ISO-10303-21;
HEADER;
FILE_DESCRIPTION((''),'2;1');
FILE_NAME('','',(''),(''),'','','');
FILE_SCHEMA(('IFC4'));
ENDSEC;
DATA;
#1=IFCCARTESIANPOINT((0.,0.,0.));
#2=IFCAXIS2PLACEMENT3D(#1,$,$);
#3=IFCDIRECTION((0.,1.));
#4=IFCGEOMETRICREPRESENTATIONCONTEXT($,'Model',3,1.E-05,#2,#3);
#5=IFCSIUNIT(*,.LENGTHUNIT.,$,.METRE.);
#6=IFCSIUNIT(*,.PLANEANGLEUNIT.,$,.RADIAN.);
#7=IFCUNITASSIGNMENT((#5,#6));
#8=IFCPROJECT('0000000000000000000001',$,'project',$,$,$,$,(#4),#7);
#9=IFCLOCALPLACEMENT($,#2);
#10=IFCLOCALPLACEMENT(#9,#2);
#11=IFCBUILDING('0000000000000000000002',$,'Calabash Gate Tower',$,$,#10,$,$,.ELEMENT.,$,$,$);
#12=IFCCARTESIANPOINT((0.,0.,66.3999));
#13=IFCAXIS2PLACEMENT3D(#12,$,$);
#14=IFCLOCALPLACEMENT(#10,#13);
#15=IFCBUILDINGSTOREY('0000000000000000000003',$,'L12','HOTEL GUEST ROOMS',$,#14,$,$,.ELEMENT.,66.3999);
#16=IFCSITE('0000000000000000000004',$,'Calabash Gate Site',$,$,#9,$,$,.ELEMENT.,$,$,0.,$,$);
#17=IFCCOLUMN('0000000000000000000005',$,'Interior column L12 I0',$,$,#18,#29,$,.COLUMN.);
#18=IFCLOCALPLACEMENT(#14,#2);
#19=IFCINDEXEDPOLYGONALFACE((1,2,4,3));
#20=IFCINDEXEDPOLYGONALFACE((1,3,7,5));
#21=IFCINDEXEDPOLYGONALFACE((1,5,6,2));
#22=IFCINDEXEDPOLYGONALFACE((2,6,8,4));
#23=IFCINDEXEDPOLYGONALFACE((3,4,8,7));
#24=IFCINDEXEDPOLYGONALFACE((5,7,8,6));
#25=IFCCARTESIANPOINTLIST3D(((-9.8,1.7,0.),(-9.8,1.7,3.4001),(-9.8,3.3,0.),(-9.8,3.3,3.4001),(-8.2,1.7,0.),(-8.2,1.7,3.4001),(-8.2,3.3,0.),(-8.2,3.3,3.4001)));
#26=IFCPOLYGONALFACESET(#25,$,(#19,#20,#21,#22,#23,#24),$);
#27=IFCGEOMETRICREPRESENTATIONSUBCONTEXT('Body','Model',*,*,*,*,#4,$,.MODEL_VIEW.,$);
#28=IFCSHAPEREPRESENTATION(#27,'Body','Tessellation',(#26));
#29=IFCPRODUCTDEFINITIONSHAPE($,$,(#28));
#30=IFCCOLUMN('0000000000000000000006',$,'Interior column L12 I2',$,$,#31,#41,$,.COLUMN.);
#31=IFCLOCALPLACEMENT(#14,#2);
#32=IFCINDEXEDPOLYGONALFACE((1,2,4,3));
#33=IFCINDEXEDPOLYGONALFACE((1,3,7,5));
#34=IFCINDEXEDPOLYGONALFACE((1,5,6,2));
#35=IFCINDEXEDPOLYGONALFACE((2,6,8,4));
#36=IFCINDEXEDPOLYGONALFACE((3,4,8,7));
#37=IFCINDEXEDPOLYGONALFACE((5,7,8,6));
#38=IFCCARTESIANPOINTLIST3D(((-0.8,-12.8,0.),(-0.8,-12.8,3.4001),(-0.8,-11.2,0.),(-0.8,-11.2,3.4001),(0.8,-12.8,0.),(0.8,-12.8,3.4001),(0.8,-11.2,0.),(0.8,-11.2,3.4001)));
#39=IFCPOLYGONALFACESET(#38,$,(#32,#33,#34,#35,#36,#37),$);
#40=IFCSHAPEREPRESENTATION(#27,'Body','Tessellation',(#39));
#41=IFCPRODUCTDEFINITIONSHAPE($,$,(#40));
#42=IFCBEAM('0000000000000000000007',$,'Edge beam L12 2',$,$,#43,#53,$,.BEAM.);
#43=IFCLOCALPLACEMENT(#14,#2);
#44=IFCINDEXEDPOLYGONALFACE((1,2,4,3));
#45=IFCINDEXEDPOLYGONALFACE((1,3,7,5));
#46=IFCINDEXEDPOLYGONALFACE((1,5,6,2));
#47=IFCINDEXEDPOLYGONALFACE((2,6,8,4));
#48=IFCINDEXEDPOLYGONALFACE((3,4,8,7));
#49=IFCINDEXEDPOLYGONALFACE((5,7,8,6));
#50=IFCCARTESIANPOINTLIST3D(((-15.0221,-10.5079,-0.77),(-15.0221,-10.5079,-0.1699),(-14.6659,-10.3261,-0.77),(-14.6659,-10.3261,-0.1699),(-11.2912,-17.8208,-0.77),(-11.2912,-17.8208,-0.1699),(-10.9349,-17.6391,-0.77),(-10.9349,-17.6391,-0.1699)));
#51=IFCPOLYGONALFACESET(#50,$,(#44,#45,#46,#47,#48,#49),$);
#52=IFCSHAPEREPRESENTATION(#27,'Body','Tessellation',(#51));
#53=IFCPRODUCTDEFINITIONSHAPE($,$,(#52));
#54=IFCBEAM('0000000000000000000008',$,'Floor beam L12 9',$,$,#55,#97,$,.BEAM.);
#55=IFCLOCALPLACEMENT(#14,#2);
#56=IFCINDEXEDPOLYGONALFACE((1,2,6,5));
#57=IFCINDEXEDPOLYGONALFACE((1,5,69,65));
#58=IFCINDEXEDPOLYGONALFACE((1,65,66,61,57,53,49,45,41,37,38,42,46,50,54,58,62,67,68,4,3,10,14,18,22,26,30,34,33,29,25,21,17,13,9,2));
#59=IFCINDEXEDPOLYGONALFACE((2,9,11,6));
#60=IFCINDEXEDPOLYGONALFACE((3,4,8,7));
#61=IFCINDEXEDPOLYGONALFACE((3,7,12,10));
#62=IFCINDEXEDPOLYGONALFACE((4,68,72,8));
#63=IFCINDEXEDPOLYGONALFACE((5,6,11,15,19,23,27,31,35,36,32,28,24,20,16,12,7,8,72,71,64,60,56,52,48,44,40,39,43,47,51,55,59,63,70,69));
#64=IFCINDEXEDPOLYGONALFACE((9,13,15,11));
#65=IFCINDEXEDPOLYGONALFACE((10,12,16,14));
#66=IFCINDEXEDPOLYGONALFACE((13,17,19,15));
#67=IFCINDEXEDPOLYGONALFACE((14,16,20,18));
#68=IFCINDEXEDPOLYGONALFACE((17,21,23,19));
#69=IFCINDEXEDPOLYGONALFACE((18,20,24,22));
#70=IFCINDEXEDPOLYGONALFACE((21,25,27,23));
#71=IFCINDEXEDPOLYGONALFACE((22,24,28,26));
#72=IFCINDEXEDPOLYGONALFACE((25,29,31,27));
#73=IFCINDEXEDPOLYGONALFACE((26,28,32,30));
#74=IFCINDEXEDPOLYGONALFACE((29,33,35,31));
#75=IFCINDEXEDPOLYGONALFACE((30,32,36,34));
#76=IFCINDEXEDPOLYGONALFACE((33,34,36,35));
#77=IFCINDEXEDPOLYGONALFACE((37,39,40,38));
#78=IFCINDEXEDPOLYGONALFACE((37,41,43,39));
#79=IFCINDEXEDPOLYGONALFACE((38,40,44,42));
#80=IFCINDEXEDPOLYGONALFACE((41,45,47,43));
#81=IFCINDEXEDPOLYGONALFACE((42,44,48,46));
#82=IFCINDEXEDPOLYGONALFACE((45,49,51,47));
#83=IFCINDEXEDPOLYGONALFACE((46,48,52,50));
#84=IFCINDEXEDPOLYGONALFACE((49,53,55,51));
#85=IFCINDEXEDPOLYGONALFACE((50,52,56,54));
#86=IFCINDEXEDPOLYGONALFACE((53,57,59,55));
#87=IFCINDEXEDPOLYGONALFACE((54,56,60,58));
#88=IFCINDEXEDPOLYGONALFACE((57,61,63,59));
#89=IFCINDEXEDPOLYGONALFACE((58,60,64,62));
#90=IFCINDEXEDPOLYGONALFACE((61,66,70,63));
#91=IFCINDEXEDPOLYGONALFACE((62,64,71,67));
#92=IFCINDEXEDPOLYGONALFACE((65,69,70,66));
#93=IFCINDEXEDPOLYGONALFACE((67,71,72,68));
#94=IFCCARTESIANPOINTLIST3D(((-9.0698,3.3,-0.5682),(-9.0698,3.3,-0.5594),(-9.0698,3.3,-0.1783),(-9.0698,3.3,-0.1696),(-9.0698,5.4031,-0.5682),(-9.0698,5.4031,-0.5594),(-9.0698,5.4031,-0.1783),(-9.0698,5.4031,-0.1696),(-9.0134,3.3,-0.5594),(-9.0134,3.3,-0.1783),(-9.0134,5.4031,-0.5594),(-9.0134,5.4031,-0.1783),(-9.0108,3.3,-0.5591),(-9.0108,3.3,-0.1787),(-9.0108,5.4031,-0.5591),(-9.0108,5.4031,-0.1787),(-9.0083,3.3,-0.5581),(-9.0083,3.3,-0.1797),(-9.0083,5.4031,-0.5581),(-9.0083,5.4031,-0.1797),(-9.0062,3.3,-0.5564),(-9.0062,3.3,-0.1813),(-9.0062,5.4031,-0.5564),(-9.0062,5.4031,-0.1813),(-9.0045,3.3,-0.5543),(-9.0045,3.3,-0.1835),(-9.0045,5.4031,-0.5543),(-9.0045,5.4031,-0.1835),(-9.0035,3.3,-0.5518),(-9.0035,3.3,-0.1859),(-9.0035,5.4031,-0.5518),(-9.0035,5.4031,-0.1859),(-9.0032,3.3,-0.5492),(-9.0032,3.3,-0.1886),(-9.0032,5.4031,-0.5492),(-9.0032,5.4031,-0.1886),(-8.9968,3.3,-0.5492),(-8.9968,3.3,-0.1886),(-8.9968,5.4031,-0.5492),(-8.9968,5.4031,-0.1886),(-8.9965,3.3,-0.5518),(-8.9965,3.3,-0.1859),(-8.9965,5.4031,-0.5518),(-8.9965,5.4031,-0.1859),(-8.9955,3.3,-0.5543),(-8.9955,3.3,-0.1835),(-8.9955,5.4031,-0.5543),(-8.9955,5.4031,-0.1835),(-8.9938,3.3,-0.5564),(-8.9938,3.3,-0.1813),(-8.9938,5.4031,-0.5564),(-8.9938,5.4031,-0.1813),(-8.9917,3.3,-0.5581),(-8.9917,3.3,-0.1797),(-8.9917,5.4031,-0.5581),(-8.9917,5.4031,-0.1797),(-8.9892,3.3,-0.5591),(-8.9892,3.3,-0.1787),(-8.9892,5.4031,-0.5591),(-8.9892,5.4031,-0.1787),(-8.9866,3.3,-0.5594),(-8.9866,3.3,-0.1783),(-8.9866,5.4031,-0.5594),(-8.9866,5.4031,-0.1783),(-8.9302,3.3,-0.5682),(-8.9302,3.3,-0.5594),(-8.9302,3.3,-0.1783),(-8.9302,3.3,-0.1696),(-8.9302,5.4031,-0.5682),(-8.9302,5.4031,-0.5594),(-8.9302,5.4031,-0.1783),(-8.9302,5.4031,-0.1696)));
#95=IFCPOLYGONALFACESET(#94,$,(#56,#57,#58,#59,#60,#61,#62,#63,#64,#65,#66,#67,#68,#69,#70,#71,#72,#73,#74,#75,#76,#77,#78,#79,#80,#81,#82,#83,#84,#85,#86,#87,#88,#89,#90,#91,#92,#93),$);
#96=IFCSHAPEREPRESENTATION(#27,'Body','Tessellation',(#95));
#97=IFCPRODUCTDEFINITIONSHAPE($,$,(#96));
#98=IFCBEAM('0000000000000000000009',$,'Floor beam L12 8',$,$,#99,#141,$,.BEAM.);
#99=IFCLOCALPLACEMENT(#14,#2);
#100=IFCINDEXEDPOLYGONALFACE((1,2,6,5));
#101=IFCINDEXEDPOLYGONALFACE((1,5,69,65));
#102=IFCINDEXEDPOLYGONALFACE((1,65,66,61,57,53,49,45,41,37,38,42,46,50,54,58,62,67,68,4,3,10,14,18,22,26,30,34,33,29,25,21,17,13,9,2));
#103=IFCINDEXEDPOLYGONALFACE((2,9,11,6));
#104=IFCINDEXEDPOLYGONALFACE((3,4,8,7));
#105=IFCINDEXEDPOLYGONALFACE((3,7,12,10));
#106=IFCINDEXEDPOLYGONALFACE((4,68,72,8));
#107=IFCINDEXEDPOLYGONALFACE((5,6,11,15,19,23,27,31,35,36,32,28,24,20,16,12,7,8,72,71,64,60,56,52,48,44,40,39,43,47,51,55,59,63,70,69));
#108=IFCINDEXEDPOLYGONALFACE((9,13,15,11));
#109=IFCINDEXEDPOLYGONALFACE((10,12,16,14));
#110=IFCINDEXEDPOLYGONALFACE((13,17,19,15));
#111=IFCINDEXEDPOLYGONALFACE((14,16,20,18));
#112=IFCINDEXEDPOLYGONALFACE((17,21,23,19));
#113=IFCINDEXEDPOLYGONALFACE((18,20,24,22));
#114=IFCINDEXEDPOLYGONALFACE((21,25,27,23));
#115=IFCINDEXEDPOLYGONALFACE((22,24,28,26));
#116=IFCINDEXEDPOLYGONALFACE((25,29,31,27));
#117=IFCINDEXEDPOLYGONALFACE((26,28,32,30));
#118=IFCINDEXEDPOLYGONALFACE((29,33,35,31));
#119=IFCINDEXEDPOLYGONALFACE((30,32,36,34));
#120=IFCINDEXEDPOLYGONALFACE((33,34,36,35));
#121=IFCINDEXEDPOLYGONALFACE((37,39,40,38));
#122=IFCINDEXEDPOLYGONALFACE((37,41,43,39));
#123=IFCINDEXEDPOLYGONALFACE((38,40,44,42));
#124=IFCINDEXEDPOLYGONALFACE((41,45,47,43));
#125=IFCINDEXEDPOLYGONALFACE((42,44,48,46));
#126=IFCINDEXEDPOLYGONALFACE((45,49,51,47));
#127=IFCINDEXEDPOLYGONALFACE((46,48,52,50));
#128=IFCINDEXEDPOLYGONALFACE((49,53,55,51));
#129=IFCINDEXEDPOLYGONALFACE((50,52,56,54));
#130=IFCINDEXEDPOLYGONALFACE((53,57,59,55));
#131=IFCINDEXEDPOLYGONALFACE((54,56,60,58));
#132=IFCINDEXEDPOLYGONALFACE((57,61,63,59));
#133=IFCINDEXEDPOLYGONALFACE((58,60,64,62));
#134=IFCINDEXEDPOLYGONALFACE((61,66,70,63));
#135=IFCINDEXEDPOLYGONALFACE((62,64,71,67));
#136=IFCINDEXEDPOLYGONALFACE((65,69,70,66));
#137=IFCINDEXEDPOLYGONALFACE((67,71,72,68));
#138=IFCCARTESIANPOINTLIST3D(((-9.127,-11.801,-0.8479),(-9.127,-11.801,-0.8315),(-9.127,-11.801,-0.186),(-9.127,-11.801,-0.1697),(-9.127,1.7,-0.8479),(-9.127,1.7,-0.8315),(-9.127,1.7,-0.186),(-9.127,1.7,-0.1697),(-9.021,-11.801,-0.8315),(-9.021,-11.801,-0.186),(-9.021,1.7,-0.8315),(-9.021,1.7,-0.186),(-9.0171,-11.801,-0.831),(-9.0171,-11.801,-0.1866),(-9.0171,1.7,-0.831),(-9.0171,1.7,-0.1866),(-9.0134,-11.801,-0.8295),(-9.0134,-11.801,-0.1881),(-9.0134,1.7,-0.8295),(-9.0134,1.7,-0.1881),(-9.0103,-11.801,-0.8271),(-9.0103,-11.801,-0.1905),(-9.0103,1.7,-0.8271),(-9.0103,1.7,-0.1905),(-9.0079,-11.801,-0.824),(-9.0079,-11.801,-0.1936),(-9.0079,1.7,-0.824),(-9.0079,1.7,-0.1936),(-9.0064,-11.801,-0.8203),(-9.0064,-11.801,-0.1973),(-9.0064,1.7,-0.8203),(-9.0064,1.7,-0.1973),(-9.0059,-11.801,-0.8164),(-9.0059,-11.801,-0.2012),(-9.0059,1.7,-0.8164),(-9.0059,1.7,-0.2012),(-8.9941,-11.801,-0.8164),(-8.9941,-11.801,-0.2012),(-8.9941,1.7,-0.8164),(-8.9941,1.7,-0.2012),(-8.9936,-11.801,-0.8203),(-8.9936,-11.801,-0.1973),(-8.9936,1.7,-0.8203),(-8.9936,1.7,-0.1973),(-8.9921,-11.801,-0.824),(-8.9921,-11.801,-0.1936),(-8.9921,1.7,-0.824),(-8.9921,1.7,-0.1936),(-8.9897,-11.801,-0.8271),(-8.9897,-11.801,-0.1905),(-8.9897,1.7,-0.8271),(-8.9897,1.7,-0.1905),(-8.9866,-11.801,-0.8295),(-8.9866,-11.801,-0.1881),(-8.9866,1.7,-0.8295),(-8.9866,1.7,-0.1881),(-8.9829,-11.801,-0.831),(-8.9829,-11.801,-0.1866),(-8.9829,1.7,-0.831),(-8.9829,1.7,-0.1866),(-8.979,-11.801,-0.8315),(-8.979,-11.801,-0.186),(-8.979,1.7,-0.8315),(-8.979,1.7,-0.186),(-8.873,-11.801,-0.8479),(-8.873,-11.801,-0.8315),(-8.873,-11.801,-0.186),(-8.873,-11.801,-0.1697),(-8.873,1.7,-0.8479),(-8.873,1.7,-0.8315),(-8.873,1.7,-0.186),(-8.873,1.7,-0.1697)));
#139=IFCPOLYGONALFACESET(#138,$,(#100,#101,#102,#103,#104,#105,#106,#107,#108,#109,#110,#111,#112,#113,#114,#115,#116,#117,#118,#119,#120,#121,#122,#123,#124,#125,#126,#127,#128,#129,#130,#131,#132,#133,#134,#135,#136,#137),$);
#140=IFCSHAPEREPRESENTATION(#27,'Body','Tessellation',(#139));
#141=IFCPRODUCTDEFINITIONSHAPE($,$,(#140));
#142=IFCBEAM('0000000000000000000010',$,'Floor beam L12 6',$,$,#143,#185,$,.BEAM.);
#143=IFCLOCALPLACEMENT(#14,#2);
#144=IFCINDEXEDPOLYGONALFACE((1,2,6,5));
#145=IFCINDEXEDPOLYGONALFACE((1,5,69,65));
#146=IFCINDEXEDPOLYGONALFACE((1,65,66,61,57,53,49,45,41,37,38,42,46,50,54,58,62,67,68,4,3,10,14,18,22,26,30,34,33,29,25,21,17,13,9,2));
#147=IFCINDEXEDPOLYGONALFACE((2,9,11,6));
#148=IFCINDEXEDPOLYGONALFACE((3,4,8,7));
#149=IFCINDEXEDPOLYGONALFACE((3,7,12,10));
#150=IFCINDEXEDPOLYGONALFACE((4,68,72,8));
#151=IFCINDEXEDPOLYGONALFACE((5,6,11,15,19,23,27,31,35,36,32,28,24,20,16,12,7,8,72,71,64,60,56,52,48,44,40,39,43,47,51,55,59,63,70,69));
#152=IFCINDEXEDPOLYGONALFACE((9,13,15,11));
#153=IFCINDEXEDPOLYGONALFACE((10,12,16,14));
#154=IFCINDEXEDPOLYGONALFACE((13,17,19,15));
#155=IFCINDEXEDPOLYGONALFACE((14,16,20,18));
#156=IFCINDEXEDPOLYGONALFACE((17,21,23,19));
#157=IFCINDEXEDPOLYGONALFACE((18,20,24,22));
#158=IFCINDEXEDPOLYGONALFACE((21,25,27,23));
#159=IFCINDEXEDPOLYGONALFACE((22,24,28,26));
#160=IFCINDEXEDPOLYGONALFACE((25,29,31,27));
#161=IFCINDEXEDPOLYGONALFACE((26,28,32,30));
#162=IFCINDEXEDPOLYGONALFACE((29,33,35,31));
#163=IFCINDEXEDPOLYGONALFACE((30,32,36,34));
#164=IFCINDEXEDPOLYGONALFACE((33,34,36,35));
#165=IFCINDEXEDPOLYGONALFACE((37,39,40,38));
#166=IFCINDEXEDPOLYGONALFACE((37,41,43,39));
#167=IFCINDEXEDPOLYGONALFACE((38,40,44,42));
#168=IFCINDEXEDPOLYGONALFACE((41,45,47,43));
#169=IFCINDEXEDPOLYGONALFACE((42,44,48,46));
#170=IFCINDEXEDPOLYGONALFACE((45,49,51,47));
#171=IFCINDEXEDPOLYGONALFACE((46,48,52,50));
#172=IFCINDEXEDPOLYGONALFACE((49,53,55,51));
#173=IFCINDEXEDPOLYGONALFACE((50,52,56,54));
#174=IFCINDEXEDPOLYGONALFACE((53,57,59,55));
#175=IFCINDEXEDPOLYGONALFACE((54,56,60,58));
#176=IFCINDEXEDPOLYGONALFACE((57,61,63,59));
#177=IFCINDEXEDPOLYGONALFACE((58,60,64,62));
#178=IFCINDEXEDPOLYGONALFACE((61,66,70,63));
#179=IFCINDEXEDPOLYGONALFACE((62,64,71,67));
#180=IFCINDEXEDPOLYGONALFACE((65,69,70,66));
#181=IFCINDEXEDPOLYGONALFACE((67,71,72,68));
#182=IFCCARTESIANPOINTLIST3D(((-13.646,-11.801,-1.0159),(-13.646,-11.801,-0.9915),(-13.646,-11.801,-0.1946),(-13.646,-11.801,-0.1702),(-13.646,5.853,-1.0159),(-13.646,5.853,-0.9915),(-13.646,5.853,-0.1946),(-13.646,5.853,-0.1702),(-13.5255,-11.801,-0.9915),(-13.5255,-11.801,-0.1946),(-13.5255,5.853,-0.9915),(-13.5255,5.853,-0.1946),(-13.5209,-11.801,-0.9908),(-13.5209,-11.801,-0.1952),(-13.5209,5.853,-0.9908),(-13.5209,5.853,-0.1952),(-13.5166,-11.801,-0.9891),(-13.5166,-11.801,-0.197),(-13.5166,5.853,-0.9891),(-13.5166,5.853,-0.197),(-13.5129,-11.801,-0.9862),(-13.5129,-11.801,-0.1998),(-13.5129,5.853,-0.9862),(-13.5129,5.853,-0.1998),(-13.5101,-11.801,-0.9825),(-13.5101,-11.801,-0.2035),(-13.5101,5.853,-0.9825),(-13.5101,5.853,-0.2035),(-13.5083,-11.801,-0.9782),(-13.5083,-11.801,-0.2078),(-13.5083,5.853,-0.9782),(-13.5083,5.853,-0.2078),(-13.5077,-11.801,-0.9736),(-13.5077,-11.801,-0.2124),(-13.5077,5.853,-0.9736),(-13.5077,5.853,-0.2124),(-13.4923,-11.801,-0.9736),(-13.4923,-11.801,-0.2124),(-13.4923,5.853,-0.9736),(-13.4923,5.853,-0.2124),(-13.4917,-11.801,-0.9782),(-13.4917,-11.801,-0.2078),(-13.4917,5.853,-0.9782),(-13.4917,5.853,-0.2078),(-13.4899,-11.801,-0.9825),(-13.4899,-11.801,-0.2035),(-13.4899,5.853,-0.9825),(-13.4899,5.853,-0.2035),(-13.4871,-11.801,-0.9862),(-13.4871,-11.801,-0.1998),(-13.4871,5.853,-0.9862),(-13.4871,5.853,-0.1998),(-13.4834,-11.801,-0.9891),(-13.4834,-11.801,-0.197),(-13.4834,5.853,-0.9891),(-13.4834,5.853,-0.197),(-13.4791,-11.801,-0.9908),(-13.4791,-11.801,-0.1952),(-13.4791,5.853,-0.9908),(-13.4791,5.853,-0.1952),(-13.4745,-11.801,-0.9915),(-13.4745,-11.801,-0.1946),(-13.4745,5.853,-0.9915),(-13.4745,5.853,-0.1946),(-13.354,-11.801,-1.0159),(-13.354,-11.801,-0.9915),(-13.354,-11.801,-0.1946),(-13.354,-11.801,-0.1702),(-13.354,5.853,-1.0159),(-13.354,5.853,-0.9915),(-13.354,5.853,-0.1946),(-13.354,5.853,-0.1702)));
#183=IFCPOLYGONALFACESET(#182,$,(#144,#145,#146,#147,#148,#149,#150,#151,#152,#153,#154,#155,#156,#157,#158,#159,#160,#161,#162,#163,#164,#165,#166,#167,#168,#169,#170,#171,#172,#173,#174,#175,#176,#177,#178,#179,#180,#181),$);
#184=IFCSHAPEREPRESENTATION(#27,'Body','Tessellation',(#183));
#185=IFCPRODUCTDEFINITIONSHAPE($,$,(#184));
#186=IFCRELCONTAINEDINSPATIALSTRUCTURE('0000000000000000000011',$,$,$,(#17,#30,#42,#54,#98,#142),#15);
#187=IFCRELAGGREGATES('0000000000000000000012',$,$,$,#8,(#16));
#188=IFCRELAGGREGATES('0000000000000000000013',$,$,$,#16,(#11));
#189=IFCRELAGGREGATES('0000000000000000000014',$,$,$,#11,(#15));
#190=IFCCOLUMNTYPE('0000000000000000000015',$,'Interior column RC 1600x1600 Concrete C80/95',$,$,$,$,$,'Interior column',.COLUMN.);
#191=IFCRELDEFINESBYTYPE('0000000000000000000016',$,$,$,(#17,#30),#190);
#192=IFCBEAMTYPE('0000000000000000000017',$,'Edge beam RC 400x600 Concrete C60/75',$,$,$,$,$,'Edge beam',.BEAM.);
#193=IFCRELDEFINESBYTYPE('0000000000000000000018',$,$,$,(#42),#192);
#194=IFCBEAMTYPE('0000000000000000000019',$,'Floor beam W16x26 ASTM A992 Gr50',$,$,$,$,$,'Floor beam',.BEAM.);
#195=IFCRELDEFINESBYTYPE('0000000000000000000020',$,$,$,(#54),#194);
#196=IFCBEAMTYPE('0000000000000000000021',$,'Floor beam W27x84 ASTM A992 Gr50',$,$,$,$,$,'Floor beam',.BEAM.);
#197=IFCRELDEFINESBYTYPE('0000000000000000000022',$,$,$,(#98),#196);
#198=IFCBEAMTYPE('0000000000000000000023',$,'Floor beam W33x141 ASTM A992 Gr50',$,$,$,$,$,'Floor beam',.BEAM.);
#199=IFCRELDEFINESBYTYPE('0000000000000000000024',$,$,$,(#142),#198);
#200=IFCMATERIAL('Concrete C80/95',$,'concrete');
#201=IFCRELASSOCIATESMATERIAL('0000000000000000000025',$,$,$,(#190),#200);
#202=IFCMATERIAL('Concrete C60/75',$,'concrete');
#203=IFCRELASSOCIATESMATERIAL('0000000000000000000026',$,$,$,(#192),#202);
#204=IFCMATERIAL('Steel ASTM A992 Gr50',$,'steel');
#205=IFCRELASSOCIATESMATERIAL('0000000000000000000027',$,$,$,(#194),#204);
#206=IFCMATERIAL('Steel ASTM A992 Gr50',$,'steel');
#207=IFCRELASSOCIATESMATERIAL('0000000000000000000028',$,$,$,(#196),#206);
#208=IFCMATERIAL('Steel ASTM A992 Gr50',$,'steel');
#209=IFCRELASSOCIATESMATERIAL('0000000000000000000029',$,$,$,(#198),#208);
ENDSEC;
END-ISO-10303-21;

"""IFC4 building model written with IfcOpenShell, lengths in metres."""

from ifc_helpers import new_model, si_unit, direction, frame, origin, origin_2d, place, context, subcontext, project, spatial, rectangle, i_section, extrude, material, material_profile, profile_set, type_object, element, save


model = new_model("IFC4")

# Units and contexts
model_context = context("Model", 3, precision=1e-05, world=origin(), true_north=direction((0.0, 1.0)))
body_context = subcontext(model_context, "Body", "Model", "MODEL_VIEW")
ifc_project = project(units=[si_unit("LENGTHUNIT", "METRE"), si_unit("PLANEANGLEUNIT", "RADIAN")], contexts=[model_context])

# Site, building, storey
site_placement = place(None, origin())
site = spatial("IfcSite", under=ifc_project, at=site_placement, Name="Calabash Gate Site", CompositionType="ELEMENT", RefElevation=0.0)
building_placement = place(site_placement, origin())
building = spatial("IfcBuilding", under=site, at=building_placement, Name="Calabash Gate Tower", CompositionType="ELEMENT")
storey_placement = place(building_placement, frame((0.0, 0.0, 66.3999)))
storey = spatial("IfcBuildingStorey", under=building, at=storey_placement, Name="L12", Description="HOTEL GUEST ROOMS", CompositionType="ELEMENT", Elevation=66.3999)

# Columns
ifc_material_1 = material(Name="Concrete C80/95", Category="concrete")
ifc_material_profile_1 = material_profile(ifc_material_1, rectangle(XDim=1.6001, YDim=1.6001, at=origin_2d()))
ifc_profile_set_1 = profile_set([ifc_material_profile_1], Name="Concrete C80/95")
column_type = type_object("IfcColumnType", Name="Interior column RC 1600x1600 Concrete C80/95", ElementType="Interior column", PredefinedType="COLUMN", material=ifc_profile_set_1)
for number, where, z_axis, x_axis, name in (
    (1, (-9.0, 2.5, 0.0), (0.0, 0.0, 1.0), (1.0, 0.0, 0.0), "Interior column L12 I0"),
    (2, (0.0, -12.0, 0.0), (0.0, 0.0, 1.0), (1.0, 0.0, 0.0), "Interior column L12 I2"),
):
    element("IfcColumn", number, at=place(storey_placement, frame(where, z_axis=z_axis, x_axis=x_axis)), inside=storey, type_object=column_type, Name=name, PredefinedType="COLUMN", context=body_context, shape_type="SweptSolid", body=[
        extrude(rectangle(XDim=1.6001, YDim=1.6001, at=origin_2d()), origin(), (0.0, 0.0, 1.0), 3.4001),
    ])

# Beams
ifc_material_2 = material(Name="Concrete C60/75", Category="concrete")
ifc_material_profile_2 = material_profile(ifc_material_2, rectangle(XDim=0.3999, YDim=0.6001, at=origin_2d()))
ifc_profile_set_2 = profile_set([ifc_material_profile_2], Name="Concrete C60/75")
beam_type_1 = type_object("IfcBeamType", Name="Edge beam RC 400x600 Concrete C60/75", ElementType="Edge beam", PredefinedType="BEAM", material=ifc_profile_set_2)
beam_1_placement = place(storey_placement, frame((-14.844, -10.417, -0.47), z_axis=(0.454455, -0.89077, 0.0), x_axis=(0.89077, 0.454455, 0.0)))
element("IfcBeam", 3, at=beam_1_placement, inside=storey, type_object=beam_type_1, Name="Edge beam L12 2", PredefinedType="BEAM", context=body_context, shape_type="SweptSolid", body=[
    extrude(rectangle(XDim=0.3999, YDim=0.6001, at=origin_2d()), origin(), (0.0, 0.0, 1.0), 8.2097),
])
ifc_material_3 = material(Name="Steel ASTM A992 Gr50", Category="steel")
ifc_material_profile_3 = material_profile(ifc_material_3, i_section(OverallWidth=0.1396, OverallDepth=0.3987, WebThickness=0.0063, FlangeThickness=0.0088, FilletRadius=0.0103, at=origin_2d()))
ifc_profile_set_3 = profile_set([ifc_material_profile_3], Name="Steel ASTM A992 Gr50")
beam_type_2 = type_object("IfcBeamType", Name="Floor beam W16x26 ASTM A992 Gr50", ElementType="Floor beam", PredefinedType="BEAM", material=ifc_profile_set_3)
beam_2_placement = place(storey_placement, frame((-9.0, 3.3, -0.3689), z_axis=(0.0, 1.0, 0.0), x_axis=(-1.0, 0.0, 0.0)))
element("IfcBeam", 4, at=beam_2_placement, inside=storey, type_object=beam_type_2, Name="Floor beam L12 9", PredefinedType="BEAM", context=body_context, shape_type="SweptSolid", body=[
    extrude(i_section(OverallWidth=0.1396, OverallDepth=0.3987, WebThickness=0.0063, FlangeThickness=0.0088, FilletRadius=0.0103, at=origin_2d()), origin(), (0.0, 0.0, 1.0), 2.103),
])
ifc_material_4 = material(Name="Steel ASTM A992 Gr50", Category="steel")
ifc_material_profile_4 = material_profile(ifc_material_4, i_section(OverallWidth=0.2539, OverallDepth=0.6782, WebThickness=0.0117, FlangeThickness=0.0164, FilletRadius=0.0151, at=origin_2d()))
ifc_profile_set_4 = profile_set([ifc_material_profile_4], Name="Steel ASTM A992 Gr50")
beam_type_3 = type_object("IfcBeamType", Name="Floor beam W27x84 ASTM A992 Gr50", ElementType="Floor beam", PredefinedType="BEAM", material=ifc_profile_set_4)
beam_3_placement = place(storey_placement, frame((-9.0, -11.801, -0.5088), z_axis=(0.0, 1.0, 0.0), x_axis=(-1.0, 0.0, 0.0)))
element("IfcBeam", 5, at=beam_3_placement, inside=storey, type_object=beam_type_3, Name="Floor beam L12 8", PredefinedType="BEAM", context=body_context, shape_type="SweptSolid", body=[
    extrude(i_section(OverallWidth=0.2539, OverallDepth=0.6782, WebThickness=0.0117, FlangeThickness=0.0164, FilletRadius=0.0151, at=origin_2d()), origin(), (0.0, 0.0, 1.0), 13.501),
])
ifc_material_5 = material(Name="Steel ASTM A992 Gr50", Category="steel")
ifc_material_profile_5 = material_profile(ifc_material_5, i_section(OverallWidth=0.292, OverallDepth=0.8457, WebThickness=0.0154, FlangeThickness=0.0244, FilletRadius=0.0178, at=origin_2d()))
ifc_profile_set_5 = profile_set([ifc_material_profile_5], Name="Steel ASTM A992 Gr50")
beam_type_4 = type_object("IfcBeamType", Name="Floor beam W33x141 ASTM A992 Gr50", ElementType="Floor beam", PredefinedType="BEAM", material=ifc_profile_set_5)
beam_4_placement = place(storey_placement, frame((-13.5, -11.801, -0.593), z_axis=(0.0, 1.0, 0.0), x_axis=(-1.0, 0.0, 0.0)))
element("IfcBeam", 6, at=beam_4_placement, inside=storey, type_object=beam_type_4, Name="Floor beam L12 6", PredefinedType="BEAM", context=body_context, shape_type="SweptSolid", body=[
    extrude(i_section(OverallWidth=0.292, OverallDepth=0.8457, WebThickness=0.0154, FlangeThickness=0.0244, FilletRadius=0.0178, at=origin_2d()), origin(), (0.0, 0.0, 1.0), 17.6541),
])

save(model, "model.ifc")
